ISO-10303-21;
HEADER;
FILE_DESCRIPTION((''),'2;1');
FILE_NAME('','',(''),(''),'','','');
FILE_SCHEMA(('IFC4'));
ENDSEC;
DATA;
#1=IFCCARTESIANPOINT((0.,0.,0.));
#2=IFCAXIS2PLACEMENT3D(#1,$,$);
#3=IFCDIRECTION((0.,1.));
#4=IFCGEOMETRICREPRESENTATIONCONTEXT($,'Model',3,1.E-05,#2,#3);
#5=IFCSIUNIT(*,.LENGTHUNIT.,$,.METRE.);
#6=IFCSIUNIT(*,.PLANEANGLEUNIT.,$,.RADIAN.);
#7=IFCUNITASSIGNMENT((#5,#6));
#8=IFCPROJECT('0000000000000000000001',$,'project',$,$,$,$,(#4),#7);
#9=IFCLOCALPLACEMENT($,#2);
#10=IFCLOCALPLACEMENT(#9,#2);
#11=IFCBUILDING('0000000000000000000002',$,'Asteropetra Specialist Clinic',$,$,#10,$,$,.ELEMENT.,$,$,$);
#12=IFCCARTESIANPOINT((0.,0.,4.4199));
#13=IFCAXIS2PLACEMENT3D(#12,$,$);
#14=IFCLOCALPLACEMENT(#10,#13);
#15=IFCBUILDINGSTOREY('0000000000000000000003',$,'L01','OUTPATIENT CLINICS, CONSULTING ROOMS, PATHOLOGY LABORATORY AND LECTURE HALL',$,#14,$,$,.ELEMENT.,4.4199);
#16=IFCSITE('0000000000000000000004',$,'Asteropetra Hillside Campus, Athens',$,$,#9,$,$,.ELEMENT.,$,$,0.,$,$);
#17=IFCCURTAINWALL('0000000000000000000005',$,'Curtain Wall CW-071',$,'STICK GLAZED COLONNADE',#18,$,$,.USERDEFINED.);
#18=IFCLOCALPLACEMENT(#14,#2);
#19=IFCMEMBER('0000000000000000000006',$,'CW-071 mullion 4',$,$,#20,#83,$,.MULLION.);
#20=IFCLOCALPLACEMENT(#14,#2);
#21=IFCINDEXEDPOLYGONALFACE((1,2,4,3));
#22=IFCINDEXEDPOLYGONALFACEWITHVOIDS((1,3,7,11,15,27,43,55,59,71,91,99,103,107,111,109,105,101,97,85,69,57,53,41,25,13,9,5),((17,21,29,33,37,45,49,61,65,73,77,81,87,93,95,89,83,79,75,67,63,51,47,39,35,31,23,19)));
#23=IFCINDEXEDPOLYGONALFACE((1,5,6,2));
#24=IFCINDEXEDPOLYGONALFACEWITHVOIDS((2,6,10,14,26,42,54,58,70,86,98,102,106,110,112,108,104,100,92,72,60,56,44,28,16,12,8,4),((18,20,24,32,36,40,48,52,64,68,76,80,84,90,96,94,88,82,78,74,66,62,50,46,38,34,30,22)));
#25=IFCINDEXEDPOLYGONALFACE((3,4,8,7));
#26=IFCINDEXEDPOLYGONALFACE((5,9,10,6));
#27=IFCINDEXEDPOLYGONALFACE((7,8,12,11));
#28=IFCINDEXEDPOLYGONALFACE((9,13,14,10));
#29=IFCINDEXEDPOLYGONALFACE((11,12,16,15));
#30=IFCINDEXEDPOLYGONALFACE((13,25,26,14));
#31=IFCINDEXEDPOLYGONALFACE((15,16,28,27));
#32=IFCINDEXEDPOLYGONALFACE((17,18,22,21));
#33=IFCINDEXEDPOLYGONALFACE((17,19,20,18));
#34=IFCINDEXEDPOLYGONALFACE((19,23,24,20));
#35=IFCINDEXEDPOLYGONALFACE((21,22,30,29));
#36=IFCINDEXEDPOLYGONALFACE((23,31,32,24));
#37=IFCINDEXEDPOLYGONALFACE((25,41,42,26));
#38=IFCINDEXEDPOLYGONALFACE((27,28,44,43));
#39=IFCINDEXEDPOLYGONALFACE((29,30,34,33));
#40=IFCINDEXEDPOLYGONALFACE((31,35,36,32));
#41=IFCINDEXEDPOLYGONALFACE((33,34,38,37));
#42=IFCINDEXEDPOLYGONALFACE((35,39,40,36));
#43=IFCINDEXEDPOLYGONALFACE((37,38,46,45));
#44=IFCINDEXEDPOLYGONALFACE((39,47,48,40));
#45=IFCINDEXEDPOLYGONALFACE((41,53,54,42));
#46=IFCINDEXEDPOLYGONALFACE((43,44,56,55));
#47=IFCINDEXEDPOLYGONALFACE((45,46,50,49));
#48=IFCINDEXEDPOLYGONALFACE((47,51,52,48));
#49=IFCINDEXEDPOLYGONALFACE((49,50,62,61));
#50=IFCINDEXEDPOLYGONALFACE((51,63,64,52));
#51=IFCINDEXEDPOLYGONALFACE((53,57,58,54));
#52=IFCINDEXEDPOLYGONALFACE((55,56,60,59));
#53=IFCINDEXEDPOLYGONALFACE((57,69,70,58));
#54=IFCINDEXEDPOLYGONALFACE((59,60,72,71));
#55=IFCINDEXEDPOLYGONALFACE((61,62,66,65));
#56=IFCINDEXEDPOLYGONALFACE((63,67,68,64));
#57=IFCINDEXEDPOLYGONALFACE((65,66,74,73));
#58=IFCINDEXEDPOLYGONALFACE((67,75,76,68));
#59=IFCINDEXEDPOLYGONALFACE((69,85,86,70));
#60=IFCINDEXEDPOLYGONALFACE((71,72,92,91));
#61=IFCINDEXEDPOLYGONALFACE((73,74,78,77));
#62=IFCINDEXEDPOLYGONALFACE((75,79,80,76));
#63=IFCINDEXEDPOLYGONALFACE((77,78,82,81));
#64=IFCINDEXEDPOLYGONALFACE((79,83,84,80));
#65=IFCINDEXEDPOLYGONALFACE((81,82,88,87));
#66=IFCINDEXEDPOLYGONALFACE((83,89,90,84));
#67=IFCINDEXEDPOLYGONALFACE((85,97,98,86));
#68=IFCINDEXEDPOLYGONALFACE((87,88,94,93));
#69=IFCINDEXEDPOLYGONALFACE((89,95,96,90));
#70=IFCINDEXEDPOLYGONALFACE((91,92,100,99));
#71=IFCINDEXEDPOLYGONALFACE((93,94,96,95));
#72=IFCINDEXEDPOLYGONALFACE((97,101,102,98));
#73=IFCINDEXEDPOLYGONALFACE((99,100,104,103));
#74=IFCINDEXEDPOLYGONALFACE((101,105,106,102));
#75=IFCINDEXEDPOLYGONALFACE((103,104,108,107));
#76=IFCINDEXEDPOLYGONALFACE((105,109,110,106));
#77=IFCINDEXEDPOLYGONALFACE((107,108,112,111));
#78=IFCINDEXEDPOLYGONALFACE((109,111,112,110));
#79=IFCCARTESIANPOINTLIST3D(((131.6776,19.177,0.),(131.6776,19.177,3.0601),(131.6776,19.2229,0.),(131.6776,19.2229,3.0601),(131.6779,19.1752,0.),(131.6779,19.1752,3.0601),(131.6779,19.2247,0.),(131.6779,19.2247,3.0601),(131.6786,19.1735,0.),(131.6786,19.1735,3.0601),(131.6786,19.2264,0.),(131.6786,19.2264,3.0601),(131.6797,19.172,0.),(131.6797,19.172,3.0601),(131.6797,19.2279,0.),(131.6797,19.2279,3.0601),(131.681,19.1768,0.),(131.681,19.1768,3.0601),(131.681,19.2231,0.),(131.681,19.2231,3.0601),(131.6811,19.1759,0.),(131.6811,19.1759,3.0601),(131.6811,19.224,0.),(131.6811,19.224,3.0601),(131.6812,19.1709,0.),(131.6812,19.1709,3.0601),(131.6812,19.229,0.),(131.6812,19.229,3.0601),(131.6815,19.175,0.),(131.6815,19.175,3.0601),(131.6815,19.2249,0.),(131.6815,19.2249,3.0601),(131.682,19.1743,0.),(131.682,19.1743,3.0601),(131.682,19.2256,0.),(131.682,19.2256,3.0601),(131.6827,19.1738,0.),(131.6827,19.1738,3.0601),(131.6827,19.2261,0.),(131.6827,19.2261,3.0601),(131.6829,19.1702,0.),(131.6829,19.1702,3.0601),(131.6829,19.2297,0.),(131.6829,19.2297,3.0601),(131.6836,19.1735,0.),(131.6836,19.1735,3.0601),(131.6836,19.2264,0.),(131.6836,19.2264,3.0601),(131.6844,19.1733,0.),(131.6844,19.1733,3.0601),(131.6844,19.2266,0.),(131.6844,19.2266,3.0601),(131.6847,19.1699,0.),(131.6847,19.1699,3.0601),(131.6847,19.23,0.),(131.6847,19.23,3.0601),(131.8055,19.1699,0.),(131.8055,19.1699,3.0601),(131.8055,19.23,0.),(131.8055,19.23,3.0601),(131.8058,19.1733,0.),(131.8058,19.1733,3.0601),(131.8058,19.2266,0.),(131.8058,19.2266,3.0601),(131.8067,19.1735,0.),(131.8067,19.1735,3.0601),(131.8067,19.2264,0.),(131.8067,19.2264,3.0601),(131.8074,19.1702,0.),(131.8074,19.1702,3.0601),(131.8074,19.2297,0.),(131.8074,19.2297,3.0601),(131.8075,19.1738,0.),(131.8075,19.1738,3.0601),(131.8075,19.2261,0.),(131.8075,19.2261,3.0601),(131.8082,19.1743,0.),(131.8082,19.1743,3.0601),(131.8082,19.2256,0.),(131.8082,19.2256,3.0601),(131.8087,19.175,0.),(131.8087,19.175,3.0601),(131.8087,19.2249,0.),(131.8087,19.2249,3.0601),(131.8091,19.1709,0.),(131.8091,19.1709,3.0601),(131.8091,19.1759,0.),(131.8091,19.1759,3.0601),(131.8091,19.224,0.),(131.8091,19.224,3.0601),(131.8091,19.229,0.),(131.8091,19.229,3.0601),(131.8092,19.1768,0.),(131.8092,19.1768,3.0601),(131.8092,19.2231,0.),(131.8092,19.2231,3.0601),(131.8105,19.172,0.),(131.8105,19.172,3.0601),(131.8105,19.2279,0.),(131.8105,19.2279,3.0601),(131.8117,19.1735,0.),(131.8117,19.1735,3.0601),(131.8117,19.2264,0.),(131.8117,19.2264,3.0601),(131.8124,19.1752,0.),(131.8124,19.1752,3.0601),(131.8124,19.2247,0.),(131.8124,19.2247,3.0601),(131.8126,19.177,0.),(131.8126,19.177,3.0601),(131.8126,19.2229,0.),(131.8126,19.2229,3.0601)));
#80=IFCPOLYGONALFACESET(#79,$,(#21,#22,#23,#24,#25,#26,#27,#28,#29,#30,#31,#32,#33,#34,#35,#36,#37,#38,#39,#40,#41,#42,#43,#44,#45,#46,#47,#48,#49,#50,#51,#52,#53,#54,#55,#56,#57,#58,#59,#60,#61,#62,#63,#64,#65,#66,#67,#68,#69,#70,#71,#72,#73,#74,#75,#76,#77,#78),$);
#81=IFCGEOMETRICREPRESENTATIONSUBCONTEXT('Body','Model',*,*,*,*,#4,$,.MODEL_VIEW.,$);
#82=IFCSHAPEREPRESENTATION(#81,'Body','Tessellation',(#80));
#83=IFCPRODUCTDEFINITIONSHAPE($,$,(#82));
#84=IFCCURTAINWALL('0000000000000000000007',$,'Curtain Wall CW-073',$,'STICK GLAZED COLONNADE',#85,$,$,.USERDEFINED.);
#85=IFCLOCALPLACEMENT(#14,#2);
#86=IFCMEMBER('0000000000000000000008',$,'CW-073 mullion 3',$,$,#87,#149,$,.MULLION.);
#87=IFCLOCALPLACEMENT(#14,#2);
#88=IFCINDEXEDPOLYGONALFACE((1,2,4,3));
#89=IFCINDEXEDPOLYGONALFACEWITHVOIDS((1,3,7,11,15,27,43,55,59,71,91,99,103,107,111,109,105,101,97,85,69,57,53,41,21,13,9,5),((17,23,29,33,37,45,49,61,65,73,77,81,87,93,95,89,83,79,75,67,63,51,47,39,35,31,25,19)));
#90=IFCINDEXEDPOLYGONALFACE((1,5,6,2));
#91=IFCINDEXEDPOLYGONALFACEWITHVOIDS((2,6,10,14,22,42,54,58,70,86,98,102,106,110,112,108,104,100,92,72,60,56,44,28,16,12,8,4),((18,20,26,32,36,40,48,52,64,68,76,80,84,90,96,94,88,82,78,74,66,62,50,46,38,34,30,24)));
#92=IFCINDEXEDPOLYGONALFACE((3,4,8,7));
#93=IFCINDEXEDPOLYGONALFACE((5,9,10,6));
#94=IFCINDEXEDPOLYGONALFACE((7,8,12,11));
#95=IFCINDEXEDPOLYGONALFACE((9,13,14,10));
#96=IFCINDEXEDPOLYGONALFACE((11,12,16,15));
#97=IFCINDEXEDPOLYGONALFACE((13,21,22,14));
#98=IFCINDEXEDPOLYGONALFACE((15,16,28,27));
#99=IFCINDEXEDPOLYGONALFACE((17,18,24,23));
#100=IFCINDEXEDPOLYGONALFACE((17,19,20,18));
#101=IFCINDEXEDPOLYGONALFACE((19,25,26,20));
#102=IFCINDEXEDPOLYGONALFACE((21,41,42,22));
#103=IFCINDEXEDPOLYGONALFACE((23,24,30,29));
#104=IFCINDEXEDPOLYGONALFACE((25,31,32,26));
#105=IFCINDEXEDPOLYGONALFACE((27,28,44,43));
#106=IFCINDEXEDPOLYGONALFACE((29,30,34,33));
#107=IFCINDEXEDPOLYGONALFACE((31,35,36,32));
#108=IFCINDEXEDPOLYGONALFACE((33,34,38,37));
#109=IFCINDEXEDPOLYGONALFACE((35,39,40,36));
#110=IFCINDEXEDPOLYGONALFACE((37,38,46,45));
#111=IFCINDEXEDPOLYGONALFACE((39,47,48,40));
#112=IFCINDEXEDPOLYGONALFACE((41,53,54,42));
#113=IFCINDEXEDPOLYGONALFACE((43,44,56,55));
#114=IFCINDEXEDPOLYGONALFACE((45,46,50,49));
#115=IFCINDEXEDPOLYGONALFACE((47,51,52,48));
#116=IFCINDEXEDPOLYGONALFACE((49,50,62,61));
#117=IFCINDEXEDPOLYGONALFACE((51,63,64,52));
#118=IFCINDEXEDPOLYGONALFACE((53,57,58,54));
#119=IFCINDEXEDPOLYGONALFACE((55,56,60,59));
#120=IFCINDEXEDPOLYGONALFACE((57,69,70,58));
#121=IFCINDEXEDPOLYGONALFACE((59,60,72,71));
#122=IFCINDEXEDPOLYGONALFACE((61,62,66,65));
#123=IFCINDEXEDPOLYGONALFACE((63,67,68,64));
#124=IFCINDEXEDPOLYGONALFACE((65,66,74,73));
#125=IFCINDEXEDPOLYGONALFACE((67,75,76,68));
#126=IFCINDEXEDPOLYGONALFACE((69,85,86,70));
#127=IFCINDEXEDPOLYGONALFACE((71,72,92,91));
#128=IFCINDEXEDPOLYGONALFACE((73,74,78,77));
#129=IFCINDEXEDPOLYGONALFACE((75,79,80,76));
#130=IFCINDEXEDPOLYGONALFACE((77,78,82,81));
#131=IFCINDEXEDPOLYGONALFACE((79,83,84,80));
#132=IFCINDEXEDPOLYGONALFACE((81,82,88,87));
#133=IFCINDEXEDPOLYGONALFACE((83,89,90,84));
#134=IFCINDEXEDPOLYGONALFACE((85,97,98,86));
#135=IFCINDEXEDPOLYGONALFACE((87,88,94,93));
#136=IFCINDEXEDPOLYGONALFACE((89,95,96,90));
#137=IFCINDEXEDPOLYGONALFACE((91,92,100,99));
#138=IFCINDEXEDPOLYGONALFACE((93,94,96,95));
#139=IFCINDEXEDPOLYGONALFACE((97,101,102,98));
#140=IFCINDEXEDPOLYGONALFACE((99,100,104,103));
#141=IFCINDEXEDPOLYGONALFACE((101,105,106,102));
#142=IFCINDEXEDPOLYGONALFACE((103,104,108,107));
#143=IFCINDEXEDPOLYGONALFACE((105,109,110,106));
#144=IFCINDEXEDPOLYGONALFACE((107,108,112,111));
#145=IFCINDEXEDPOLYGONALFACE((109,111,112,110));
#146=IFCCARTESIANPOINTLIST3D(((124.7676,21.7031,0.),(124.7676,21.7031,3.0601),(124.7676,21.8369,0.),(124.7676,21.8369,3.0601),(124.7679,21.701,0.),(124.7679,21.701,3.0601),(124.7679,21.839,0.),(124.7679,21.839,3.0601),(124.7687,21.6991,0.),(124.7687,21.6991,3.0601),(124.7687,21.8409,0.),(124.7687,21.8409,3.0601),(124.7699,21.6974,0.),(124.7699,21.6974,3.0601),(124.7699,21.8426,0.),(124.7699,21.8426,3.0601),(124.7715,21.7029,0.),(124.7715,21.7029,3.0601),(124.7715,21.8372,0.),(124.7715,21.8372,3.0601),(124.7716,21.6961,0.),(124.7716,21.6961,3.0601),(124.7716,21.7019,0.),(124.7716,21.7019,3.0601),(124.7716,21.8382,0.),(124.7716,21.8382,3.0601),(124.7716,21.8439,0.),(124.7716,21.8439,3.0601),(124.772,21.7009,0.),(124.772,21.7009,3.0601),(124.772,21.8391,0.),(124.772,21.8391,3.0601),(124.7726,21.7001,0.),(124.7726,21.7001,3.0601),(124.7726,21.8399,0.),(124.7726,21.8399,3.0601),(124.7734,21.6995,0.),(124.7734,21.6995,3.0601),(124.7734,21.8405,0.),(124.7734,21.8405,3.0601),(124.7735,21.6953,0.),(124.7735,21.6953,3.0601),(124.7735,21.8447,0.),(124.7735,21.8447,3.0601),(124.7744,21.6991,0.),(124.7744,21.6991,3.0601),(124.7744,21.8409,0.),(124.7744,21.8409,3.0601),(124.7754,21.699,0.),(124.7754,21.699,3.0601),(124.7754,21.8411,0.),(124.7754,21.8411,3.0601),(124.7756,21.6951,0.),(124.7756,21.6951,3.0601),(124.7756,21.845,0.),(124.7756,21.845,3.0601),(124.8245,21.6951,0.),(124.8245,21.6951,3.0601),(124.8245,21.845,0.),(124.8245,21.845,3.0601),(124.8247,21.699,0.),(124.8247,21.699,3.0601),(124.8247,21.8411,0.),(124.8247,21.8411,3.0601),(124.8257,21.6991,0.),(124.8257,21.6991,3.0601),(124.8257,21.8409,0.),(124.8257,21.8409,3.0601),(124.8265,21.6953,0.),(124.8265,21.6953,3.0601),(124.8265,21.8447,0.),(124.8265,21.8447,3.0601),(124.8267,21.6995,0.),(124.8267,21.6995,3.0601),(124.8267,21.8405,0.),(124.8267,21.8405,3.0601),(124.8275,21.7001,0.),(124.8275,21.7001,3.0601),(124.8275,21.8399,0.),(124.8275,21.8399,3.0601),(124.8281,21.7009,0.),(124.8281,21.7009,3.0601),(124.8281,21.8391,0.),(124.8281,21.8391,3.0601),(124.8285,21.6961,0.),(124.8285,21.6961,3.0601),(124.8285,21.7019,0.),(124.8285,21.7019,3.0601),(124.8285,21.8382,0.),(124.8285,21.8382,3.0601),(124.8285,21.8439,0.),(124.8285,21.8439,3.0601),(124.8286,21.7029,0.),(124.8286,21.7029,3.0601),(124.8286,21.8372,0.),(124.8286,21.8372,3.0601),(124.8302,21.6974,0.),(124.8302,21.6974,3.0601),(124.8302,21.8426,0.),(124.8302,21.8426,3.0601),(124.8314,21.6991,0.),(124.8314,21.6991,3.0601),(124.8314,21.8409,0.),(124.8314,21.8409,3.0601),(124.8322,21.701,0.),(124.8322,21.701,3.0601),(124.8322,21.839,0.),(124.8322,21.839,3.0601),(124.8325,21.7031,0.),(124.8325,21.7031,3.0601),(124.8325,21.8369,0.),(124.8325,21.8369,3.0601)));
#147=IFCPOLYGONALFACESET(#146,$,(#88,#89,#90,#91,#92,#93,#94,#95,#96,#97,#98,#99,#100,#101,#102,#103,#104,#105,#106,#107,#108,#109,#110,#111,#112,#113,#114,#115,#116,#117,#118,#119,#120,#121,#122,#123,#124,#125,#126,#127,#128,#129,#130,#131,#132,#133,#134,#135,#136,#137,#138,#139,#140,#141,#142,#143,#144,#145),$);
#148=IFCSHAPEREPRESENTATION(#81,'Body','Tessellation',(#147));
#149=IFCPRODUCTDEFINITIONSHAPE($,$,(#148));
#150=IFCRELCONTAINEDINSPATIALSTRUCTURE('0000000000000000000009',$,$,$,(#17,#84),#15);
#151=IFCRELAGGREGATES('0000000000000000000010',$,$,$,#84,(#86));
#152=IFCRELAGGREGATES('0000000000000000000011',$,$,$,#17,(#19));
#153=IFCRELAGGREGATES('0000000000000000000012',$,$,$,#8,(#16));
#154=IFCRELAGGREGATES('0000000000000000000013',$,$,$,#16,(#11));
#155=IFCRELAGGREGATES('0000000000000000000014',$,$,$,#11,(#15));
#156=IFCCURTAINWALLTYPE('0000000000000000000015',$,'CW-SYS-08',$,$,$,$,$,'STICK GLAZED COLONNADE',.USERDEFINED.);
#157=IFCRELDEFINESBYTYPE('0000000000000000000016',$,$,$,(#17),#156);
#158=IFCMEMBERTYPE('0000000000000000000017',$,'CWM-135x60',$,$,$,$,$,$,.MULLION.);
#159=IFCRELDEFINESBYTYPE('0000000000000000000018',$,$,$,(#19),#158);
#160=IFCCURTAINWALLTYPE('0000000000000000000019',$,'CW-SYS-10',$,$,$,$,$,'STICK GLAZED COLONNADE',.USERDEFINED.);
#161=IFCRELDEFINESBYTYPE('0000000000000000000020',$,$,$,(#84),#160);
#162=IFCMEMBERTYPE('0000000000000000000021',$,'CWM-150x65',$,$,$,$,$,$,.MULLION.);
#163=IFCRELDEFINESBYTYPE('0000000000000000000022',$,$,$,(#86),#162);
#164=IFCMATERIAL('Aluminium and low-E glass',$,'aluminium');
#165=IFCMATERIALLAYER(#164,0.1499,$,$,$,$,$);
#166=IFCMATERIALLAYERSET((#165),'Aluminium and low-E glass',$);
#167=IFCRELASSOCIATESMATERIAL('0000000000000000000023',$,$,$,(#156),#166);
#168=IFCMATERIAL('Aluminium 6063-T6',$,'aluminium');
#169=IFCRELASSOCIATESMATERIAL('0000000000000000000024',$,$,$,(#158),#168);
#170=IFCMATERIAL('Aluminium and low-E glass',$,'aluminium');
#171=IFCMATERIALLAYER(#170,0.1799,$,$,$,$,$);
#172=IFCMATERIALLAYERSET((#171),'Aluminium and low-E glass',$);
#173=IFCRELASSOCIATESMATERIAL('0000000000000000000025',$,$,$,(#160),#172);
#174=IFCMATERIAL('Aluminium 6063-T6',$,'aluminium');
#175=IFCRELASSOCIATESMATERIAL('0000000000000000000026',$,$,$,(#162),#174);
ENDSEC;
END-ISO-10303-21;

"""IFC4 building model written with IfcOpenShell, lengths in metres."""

from ifc_helpers import new_model, si_unit, direction, frame, origin, origin_2d, place, context, subcontext, project, spatial, hollow_rectangle, extrude, material, layer, layer_set, material_profile, profile_set, type_object, element, aggregate, save


model = new_model("IFC4")

# Units and contexts
model_context = context("Model", 3, precision=1e-05, world=origin(), true_north=direction((0.0, 1.0)))
body_context = subcontext(model_context, "Body", "Model", "MODEL_VIEW")
ifc_project = project(units=[si_unit("LENGTHUNIT", "METRE"), si_unit("PLANEANGLEUNIT", "RADIAN")], contexts=[model_context])

# Site, building, storey
site_placement = place(None, origin())
site = spatial("IfcSite", under=ifc_project, at=site_placement, Name="Asteropetra Hillside Campus, Athens", CompositionType="ELEMENT", RefElevation=0.0)
building_placement = place(site_placement, origin())
building = spatial("IfcBuilding", under=site, at=building_placement, Name="Asteropetra Specialist Clinic", CompositionType="ELEMENT")
storey_placement = place(building_placement, frame((0.0, 0.0, 4.4199)))
storey = spatial("IfcBuildingStorey", under=building, at=storey_placement, Name="L01", Description="OUTPATIENT CLINICS, CONSULTING ROOMS, PATHOLOGY LABORATORY AND LECTURE HALL", CompositionType="ELEMENT", Elevation=4.4199)

# Curtain wall, member
ifc_material_1 = material(Name="Aluminium and low-E glass", Category="aluminium")
ifc_layer_1 = layer(ifc_material_1, 0.1499)
ifc_layer_set_1 = layer_set([ifc_layer_1], Name="Aluminium and low-E glass")
curtain_wall_type_1 = type_object("IfcCurtainWallType", Name="CW-SYS-08", ElementType="STICK GLAZED COLONNADE", PredefinedType="USERDEFINED", material=ifc_layer_set_1)
curtain_wall_1_placement = place(storey_placement, origin())
curtain_wall_1 = element("IfcCurtainWall", 1, at=curtain_wall_1_placement, inside=storey, type_object=curtain_wall_type_1, Name="Curtain Wall CW-071", ObjectType="STICK GLAZED COLONNADE", PredefinedType="USERDEFINED")
ifc_material_2 = material(Name="Aluminium 6063-T6", Category="aluminium")
ifc_material_profile_1 = material_profile(ifc_material_2, hollow_rectangle(XDim=0.0601, YDim=0.135, WallThickness=0.0034, InnerFilletRadius=0.0034, OuterFilletRadius=0.0071, at=origin_2d()), Name="MUL 135x60x3.5")
ifc_profile_set_1 = profile_set([ifc_material_profile_1], Name="Aluminium 6063-T6")
member_type_1 = type_object("IfcMemberType", Name="CWM-135x60", PredefinedType="MULLION", material=ifc_profile_set_1)
member_1_placement = place(storey_placement, frame((131.7451, 19.2, 0.0), z_axis=(0.0, 0.0, 1.0), x_axis=(0.0, 1.0, 0.0)))
member_1 = element("IfcMember", 2, at=member_1_placement, type_object=member_type_1, Name="CW-071 mullion 4", PredefinedType="MULLION", context=body_context, shape_type="SweptSolid", body=[
    extrude(hollow_rectangle(XDim=0.0601, YDim=0.135, WallThickness=0.0034, InnerFilletRadius=0.0034, OuterFilletRadius=0.0071, at=origin_2d()), origin(), (0.0, 0.0, 1.0), 3.0601),
])

# Curtain wall, member
ifc_material_3 = material(Name="Aluminium and low-E glass", Category="aluminium")
ifc_layer_2 = layer(ifc_material_3, 0.1799)
ifc_layer_set_2 = layer_set([ifc_layer_2], Name="Aluminium and low-E glass")
curtain_wall_type_2 = type_object("IfcCurtainWallType", Name="CW-SYS-10", ElementType="STICK GLAZED COLONNADE", PredefinedType="USERDEFINED", material=ifc_layer_set_2)
curtain_wall_2_placement = place(storey_placement, origin())
curtain_wall_2 = element("IfcCurtainWall", 3, at=curtain_wall_2_placement, inside=storey, type_object=curtain_wall_type_2, Name="Curtain Wall CW-073", ObjectType="STICK GLAZED COLONNADE", PredefinedType="USERDEFINED")
ifc_material_4 = material(Name="Aluminium 6063-T6", Category="aluminium")
ifc_material_profile_2 = material_profile(ifc_material_4, hollow_rectangle(XDim=0.0649, YDim=0.1499, WallThickness=0.0039, InnerFilletRadius=0.0039, OuterFilletRadius=0.0081, at=origin_2d()), Name="MUL 150x65x4.0")
ifc_profile_set_2 = profile_set([ifc_material_profile_2], Name="Aluminium 6063-T6")
member_type_2 = type_object("IfcMemberType", Name="CWM-150x65", PredefinedType="MULLION", material=ifc_profile_set_2)
member_2_placement = place(storey_placement, frame((124.8, 21.77, 0.0), z_axis=(0.0, 0.0, 1.0), x_axis=(1.0, 0.0, 0.0)))
member_2 = element("IfcMember", 4, at=member_2_placement, type_object=member_type_2, Name="CW-073 mullion 3", PredefinedType="MULLION", context=body_context, shape_type="SweptSolid", body=[
    extrude(hollow_rectangle(XDim=0.0649, YDim=0.1499, WallThickness=0.0039, InnerFilletRadius=0.0039, OuterFilletRadius=0.0081, at=origin_2d()), origin(), (0.0, 0.0, 1.0), 3.0601),
])

aggregate(curtain_wall_2, [member_2])
aggregate(curtain_wall_1, [member_1])

save(model, "model.ifc")
